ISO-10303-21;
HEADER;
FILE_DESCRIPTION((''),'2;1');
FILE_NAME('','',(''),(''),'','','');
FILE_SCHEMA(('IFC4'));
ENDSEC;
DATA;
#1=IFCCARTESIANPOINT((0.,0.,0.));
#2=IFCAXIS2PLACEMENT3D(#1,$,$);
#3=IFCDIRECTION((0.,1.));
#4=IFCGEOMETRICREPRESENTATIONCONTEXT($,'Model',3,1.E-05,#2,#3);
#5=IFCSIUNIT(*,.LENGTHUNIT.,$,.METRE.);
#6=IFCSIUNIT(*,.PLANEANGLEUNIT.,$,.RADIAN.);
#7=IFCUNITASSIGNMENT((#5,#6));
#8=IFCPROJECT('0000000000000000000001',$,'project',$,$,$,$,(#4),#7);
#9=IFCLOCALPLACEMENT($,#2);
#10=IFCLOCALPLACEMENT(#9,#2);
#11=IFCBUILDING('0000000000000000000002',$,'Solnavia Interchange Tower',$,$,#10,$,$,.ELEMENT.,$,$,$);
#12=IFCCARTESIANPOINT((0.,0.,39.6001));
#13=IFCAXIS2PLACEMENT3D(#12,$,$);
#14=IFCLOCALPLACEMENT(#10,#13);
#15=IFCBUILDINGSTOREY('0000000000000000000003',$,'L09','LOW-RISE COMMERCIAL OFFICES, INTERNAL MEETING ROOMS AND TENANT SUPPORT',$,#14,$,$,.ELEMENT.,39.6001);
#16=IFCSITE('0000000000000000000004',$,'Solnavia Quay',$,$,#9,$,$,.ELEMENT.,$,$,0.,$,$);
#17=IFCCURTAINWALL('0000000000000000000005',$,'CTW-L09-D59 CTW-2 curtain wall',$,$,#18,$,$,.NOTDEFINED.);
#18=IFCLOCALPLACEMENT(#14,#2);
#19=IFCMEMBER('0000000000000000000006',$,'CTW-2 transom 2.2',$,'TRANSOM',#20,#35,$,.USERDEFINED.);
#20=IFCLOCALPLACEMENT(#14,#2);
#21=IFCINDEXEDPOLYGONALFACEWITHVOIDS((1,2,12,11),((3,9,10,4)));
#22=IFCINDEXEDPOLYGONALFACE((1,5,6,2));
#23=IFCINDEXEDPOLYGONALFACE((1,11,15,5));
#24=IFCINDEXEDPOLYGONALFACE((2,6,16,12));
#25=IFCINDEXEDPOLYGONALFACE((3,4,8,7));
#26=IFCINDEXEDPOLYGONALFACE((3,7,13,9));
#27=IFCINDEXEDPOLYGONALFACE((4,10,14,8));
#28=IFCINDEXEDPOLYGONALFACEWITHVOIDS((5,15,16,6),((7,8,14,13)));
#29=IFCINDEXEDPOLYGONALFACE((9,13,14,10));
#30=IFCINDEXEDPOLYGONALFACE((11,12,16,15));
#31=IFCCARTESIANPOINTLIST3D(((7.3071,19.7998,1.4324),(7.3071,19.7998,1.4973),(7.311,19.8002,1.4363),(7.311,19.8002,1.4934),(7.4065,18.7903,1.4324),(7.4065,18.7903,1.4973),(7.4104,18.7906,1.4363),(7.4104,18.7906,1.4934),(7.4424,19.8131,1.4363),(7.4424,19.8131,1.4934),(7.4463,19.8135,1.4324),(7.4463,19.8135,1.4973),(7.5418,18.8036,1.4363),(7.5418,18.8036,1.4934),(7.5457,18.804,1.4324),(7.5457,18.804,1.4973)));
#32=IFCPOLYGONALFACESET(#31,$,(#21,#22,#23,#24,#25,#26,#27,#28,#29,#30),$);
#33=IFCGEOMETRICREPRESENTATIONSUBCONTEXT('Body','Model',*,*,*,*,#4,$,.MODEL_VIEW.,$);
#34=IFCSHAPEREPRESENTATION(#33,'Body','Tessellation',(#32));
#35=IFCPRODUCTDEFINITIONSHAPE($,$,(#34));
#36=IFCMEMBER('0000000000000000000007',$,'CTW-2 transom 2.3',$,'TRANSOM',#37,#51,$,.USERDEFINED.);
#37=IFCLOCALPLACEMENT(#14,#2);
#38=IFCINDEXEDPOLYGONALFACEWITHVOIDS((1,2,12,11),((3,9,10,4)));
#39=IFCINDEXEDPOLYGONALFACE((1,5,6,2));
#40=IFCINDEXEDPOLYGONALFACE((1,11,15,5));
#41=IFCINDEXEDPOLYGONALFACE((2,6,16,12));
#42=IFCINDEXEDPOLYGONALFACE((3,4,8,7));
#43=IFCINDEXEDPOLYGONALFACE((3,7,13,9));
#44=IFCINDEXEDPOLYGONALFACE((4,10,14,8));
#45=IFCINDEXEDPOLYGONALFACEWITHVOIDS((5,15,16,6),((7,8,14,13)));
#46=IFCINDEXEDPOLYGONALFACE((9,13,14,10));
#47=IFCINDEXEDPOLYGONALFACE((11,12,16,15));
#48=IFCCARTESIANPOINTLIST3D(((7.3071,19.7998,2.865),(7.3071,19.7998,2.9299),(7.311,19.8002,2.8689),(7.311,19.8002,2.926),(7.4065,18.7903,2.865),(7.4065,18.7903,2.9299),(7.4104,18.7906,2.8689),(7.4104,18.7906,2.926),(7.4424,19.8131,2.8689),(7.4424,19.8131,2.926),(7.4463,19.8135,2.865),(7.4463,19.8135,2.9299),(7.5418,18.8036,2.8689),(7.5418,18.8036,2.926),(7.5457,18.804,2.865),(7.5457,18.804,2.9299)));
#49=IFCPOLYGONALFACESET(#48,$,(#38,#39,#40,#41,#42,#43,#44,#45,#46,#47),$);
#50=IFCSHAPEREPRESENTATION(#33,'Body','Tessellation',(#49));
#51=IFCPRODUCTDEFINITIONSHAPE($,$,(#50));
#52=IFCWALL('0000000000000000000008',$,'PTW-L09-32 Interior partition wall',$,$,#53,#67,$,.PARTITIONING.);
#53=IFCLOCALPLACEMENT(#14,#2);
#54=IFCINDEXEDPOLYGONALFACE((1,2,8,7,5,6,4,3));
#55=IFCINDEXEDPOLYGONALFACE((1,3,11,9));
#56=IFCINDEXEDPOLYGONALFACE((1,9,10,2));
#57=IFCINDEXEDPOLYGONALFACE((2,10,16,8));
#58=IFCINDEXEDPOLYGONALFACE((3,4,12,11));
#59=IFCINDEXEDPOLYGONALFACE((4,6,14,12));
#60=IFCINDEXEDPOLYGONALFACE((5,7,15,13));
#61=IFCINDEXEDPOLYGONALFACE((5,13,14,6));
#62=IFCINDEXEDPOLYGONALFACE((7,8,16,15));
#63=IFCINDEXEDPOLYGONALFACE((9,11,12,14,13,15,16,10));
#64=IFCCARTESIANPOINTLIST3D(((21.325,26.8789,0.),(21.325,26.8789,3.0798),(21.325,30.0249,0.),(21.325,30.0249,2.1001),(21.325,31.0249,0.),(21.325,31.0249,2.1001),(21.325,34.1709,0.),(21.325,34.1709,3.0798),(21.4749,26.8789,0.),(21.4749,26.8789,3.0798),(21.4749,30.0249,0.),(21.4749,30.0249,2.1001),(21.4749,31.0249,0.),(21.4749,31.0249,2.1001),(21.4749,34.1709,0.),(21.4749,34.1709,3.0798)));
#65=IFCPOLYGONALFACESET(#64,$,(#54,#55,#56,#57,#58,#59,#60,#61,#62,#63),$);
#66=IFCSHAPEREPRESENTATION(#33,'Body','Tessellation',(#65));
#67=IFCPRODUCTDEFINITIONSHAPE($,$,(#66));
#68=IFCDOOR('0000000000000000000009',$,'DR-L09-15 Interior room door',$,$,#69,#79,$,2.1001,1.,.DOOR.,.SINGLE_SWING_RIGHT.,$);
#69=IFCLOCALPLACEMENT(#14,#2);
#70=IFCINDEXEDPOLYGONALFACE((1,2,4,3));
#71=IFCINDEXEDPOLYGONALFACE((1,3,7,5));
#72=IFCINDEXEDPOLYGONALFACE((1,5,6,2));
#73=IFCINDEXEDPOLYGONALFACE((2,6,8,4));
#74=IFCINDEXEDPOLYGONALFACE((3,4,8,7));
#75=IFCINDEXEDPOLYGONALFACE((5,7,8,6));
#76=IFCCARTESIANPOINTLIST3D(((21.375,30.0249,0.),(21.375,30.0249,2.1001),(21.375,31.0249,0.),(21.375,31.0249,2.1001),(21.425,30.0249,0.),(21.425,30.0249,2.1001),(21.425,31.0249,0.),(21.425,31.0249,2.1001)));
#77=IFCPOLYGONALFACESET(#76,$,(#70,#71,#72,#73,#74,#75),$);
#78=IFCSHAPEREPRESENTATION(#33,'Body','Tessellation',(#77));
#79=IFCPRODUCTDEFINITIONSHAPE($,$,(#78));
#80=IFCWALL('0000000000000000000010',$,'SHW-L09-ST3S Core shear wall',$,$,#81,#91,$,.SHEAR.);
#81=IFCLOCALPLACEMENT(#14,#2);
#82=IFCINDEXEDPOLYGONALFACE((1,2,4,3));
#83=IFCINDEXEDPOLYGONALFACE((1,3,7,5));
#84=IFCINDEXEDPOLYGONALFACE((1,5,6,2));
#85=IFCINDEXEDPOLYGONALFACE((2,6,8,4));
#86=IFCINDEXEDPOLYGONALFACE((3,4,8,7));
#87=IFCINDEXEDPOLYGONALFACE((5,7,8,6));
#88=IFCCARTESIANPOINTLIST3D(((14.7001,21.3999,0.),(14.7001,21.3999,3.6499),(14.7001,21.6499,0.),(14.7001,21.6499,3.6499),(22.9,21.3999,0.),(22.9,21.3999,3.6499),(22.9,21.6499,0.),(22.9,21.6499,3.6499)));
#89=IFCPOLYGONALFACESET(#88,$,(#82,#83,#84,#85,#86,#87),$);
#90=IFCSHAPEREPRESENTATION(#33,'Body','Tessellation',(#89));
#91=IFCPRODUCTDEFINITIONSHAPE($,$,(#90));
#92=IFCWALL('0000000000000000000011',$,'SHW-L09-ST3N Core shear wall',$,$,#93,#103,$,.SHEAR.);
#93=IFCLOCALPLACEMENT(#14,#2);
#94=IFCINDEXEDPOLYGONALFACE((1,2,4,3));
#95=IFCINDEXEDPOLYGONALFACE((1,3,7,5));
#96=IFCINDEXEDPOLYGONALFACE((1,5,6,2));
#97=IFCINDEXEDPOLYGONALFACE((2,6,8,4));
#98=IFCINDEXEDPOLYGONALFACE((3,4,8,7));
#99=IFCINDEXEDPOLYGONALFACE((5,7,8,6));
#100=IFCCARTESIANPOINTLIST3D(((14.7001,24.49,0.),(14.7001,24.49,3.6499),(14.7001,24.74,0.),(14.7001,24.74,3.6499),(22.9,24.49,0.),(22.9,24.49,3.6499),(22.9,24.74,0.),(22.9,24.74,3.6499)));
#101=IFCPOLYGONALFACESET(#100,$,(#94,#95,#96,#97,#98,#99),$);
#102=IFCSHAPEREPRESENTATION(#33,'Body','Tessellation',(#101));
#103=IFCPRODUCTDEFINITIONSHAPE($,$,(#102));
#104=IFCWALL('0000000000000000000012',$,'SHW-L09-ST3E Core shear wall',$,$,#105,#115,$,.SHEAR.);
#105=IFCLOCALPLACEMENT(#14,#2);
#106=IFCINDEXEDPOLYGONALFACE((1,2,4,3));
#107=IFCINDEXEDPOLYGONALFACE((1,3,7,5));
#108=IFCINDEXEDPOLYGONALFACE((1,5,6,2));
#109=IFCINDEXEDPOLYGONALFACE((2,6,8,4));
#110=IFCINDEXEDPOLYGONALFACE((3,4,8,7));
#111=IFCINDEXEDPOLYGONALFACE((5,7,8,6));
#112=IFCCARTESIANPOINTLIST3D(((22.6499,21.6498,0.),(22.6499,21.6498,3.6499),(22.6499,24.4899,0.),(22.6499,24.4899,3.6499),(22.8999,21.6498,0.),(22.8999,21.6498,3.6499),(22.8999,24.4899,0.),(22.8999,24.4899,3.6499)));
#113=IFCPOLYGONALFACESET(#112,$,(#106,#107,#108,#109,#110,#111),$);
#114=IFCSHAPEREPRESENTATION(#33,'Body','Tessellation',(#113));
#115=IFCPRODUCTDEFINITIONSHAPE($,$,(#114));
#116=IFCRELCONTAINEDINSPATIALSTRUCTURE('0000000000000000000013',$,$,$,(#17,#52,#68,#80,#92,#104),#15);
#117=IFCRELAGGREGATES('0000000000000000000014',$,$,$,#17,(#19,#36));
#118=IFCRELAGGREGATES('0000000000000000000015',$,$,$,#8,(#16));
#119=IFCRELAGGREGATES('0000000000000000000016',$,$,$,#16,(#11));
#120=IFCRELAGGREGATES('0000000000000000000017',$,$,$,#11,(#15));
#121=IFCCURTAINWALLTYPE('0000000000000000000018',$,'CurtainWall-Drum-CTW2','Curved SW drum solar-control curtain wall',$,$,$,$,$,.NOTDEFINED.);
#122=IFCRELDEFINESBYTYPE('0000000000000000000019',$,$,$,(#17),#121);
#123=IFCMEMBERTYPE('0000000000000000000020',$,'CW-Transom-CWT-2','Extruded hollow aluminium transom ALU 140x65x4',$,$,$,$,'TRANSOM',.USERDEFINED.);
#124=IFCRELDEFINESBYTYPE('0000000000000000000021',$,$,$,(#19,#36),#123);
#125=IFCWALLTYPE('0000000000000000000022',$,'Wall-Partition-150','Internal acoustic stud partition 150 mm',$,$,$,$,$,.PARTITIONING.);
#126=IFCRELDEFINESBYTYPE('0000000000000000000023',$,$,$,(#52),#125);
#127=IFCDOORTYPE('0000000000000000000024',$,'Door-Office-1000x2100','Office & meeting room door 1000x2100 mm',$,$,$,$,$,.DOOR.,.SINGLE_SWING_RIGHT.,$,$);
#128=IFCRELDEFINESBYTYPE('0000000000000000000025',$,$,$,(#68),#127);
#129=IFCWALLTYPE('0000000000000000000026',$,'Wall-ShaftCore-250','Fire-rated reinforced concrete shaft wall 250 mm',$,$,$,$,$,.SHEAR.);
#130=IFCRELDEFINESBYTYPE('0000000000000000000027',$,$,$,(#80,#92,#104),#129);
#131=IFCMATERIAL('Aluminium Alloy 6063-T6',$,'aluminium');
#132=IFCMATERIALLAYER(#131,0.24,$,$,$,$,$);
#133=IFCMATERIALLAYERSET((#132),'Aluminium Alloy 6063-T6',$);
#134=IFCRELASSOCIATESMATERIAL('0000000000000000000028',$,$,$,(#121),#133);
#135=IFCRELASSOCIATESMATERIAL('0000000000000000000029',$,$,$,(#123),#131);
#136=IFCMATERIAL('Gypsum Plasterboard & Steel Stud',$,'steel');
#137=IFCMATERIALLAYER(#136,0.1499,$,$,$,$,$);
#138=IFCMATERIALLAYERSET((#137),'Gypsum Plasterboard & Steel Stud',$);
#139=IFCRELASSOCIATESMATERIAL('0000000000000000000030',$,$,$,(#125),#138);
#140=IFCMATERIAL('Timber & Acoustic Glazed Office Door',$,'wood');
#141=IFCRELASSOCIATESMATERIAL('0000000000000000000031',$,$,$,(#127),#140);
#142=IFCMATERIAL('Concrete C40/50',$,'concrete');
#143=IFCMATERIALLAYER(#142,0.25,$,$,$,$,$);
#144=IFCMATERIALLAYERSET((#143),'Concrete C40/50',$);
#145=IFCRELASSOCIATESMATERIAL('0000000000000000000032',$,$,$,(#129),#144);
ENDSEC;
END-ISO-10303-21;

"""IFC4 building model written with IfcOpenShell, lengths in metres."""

from ifc_helpers import new_model, si_unit, direction, frame, frame_2d, origin, origin_2d, place, context, subcontext, project, spatial, rectangle, hollow_rectangle, extrude, material, layer, layer_set, material_profile, profile_set, type_object, element, fill, aggregate, save


model = new_model("IFC4")

# Units and contexts
model_context = context("Model", 3, precision=1e-05, world=origin(), true_north=direction((0.0, 1.0)))
body_context = subcontext(model_context, "Body", "Model", "MODEL_VIEW")
ifc_project = project(units=[si_unit("LENGTHUNIT", "METRE"), si_unit("PLANEANGLEUNIT", "RADIAN")], contexts=[model_context])

# Site, building, storey
site_placement = place(None, origin())
site = spatial("IfcSite", under=ifc_project, at=site_placement, Name="Solnavia Quay", CompositionType="ELEMENT", RefElevation=0.0)
building_placement = place(site_placement, origin())
building = spatial("IfcBuilding", under=site, at=building_placement, Name="Solnavia Interchange Tower", CompositionType="ELEMENT")
storey_placement = place(building_placement, frame((0.0, 0.0, 39.6001)))
storey = spatial("IfcBuildingStorey", under=building, at=storey_placement, Name="L09", Description="LOW-RISE COMMERCIAL OFFICES, INTERNAL MEETING ROOMS AND TENANT SUPPORT", CompositionType="ELEMENT", Elevation=39.6001)

# Curtain wall, members
ifc_material_1 = material(Name="Aluminium Alloy 6063-T6", Category="aluminium")
ifc_layer_1 = layer(ifc_material_1, 0.24)
ifc_layer_set_1 = layer_set([ifc_layer_1], Name="Aluminium Alloy 6063-T6")
curtain_wall_type = type_object("IfcCurtainWallType", Name="CurtainWall-Drum-CTW2", Description="Curved SW drum solar-control curtain wall", PredefinedType="NOTDEFINED", material=ifc_layer_set_1)
curtain_wall_placement = place(storey_placement, origin())
curtain_wall = element("IfcCurtainWall", 1, at=curtain_wall_placement, inside=storey, type_object=curtain_wall_type, Name="CTW-L09-D59 CTW-2 curtain wall", PredefinedType="NOTDEFINED")
ifc_material_profile_1 = material_profile(ifc_material_1, hollow_rectangle(XDim=0.0649, YDim=0.1399, WallThickness=0.0039, at=origin_2d()), Name="ALU 140x65x4")
ifc_profile_set_1 = profile_set([ifc_material_profile_1], Name="Aluminium Alloy 6063-T6")
member_type_1 = type_object("IfcMemberType", Name="CW-Transom-CWT-2", Description="Extruded hollow aluminium transom ALU 140x65x4", ElementType="TRANSOM", PredefinedType="USERDEFINED", material=ifc_profile_set_1)
member_1_placement = place(storey_placement, frame((7.3767, 19.8066, 1.4648), z_axis=(0.097955, -0.995191, 0.0), x_axis=(0.0, 0.0, 1.0)))
member_1 = element("IfcMember", 2, at=member_1_placement, type_object=member_type_1, Name="CTW-2 transom 2.2", ObjectType="TRANSOM", PredefinedType="USERDEFINED", context=body_context, shape_type="SweptSolid", body=[
    extrude(hollow_rectangle(XDim=0.0649, YDim=0.1399, WallThickness=0.0039, at=origin_2d()), origin(), (0.0, 0.0, 1.0), 1.0144),
])
member_2_placement = place(storey_placement, frame((7.3767, 19.8066, 2.8975), z_axis=(0.097955, -0.995191, 0.0), x_axis=(0.0, 0.0, 1.0)))
member_2 = element("IfcMember", 3, at=member_2_placement, type_object=member_type_1, Name="CTW-2 transom 2.3", ObjectType="TRANSOM", PredefinedType="USERDEFINED", context=body_context, shape_type="SweptSolid", body=[
    extrude(hollow_rectangle(XDim=0.0649, YDim=0.1399, WallThickness=0.0039, at=origin_2d()), origin(), (0.0, 0.0, 1.0), 1.0144),
])
aggregate(curtain_wall, [member_1, member_2])

# Wall, opening, door
ifc_material_2 = material(Name="Gypsum Plasterboard & Steel Stud", Category="steel")
ifc_layer_2 = layer(ifc_material_2, 0.1499)
ifc_layer_set_2 = layer_set([ifc_layer_2], Name="Gypsum Plasterboard & Steel Stud")
wall_type_1 = type_object("IfcWallType", Name="Wall-Partition-150", Description="Internal acoustic stud partition 150 mm", PredefinedType="PARTITIONING", material=ifc_layer_set_2)
wall_1_placement = place(storey_placement, frame((21.3999, 26.8789, 0.0), z_axis=(0.0, 0.0, 1.0), x_axis=(0.0, 1.0, 0.0)))
wall_1 = element("IfcWall", 4, at=wall_1_placement, inside=storey, type_object=wall_type_1, Name="PTW-L09-32 Interior partition wall", PredefinedType="PARTITIONING", context=body_context, shape_type="SweptSolid", body=[
    extrude(rectangle(XDim=7.292, YDim=0.1499, at=frame_2d((3.646, 0.0))), origin(), (0.0, 0.0, 1.0), 3.0798),
])
opening_1_placement = place(wall_1_placement, frame((3.146, 0.0, 0.0)))
opening_1 = element("IfcOpeningElement", 5, at=opening_1_placement, cuts=wall_1, PredefinedType="OPENING", context=body_context, shape_type="SweptSolid", body=[
    extrude(rectangle(XDim=1.0, YDim=2.1001, at=frame_2d((0.5, 1.05))), frame((0.0, 0.085, 0.0), z_axis=(0.0, -1.0, 0.0), x_axis=(1.0, 0.0, 0.0)), (0.0, 0.0, 1.0), 0.1699),
])
ifc_material_3 = material(Name="Timber & Acoustic Glazed Office Door", Category="wood")
door_type_1 = type_object("IfcDoorType", Name="Door-Office-1000x2100", Description="Office & meeting room door 1000x2100 mm", OperationType="SINGLE_SWING_RIGHT", PredefinedType="DOOR", material=ifc_material_3)
door_1_placement = place(opening_1_placement, origin())
door_1 = element("IfcDoor", 6, at=door_1_placement, inside=storey, type_object=door_type_1, Name="DR-L09-15 Interior room door", OperationType="SINGLE_SWING_RIGHT", OverallHeight=2.1001, OverallWidth=1.0, PredefinedType="DOOR", context=body_context, shape_type="SweptSolid", body=[
    extrude(rectangle(XDim=1.0, YDim=2.1001, at=frame_2d((0.5, 1.05))), frame((0.0, 0.0249, 0.0), z_axis=(0.0, -1.0, 0.0), x_axis=(1.0, 0.0, 0.0)), (0.0, 0.0, 1.0), 0.05),
])
fill(opening_1, door_1)

# Walls
ifc_material_4 = material(Name="Concrete C40/50", Category="concrete")
ifc_layer_3 = layer(ifc_material_4, 0.25)
ifc_layer_set_3 = layer_set([ifc_layer_3], Name="Concrete C40/50")
wall_type_2 = type_object("IfcWallType", Name="Wall-ShaftCore-250", Description="Fire-rated reinforced concrete shaft wall 250 mm", PredefinedType="SHEAR", material=ifc_layer_set_3)
for number, where, z_axis, x_axis, name in (
    (7, (14.7, 21.5249, 0.0), (0.0, 0.0, 1.0), (1.0, 0.0, 0.0), "SHW-L09-ST3S Core shear wall"),
    (8, (14.7, 24.615, 0.0), (0.0, 0.0, 1.0), (1.0, 0.0, 0.0), "SHW-L09-ST3N Core shear wall"),
):
    element("IfcWall", number, at=place(storey_placement, frame(where, z_axis=z_axis, x_axis=x_axis)), inside=storey, type_object=wall_type_2, Name=name, PredefinedType="SHEAR", context=body_context, shape_type="SweptSolid", body=[
        extrude(rectangle(XDim=8.2, YDim=0.25, at=frame_2d((4.1001, 0.0))), origin(), (0.0, 0.0, 1.0), 3.6499),
    ])
wall_2_placement = place(storey_placement, frame((22.7749, 21.6499, 0.0), z_axis=(0.0, 0.0, 1.0), x_axis=(0.0, 1.0, 0.0)))
element("IfcWall", 9, at=wall_2_placement, inside=storey, type_object=wall_type_2, Name="SHW-L09-ST3E Core shear wall", PredefinedType="SHEAR", context=body_context, shape_type="SweptSolid", body=[
    extrude(rectangle(XDim=2.8401, YDim=0.25, at=frame_2d((1.4199, 0.0))), origin(), (0.0, 0.0, 1.0), 3.6499),
])

save(model, "model.ifc")
